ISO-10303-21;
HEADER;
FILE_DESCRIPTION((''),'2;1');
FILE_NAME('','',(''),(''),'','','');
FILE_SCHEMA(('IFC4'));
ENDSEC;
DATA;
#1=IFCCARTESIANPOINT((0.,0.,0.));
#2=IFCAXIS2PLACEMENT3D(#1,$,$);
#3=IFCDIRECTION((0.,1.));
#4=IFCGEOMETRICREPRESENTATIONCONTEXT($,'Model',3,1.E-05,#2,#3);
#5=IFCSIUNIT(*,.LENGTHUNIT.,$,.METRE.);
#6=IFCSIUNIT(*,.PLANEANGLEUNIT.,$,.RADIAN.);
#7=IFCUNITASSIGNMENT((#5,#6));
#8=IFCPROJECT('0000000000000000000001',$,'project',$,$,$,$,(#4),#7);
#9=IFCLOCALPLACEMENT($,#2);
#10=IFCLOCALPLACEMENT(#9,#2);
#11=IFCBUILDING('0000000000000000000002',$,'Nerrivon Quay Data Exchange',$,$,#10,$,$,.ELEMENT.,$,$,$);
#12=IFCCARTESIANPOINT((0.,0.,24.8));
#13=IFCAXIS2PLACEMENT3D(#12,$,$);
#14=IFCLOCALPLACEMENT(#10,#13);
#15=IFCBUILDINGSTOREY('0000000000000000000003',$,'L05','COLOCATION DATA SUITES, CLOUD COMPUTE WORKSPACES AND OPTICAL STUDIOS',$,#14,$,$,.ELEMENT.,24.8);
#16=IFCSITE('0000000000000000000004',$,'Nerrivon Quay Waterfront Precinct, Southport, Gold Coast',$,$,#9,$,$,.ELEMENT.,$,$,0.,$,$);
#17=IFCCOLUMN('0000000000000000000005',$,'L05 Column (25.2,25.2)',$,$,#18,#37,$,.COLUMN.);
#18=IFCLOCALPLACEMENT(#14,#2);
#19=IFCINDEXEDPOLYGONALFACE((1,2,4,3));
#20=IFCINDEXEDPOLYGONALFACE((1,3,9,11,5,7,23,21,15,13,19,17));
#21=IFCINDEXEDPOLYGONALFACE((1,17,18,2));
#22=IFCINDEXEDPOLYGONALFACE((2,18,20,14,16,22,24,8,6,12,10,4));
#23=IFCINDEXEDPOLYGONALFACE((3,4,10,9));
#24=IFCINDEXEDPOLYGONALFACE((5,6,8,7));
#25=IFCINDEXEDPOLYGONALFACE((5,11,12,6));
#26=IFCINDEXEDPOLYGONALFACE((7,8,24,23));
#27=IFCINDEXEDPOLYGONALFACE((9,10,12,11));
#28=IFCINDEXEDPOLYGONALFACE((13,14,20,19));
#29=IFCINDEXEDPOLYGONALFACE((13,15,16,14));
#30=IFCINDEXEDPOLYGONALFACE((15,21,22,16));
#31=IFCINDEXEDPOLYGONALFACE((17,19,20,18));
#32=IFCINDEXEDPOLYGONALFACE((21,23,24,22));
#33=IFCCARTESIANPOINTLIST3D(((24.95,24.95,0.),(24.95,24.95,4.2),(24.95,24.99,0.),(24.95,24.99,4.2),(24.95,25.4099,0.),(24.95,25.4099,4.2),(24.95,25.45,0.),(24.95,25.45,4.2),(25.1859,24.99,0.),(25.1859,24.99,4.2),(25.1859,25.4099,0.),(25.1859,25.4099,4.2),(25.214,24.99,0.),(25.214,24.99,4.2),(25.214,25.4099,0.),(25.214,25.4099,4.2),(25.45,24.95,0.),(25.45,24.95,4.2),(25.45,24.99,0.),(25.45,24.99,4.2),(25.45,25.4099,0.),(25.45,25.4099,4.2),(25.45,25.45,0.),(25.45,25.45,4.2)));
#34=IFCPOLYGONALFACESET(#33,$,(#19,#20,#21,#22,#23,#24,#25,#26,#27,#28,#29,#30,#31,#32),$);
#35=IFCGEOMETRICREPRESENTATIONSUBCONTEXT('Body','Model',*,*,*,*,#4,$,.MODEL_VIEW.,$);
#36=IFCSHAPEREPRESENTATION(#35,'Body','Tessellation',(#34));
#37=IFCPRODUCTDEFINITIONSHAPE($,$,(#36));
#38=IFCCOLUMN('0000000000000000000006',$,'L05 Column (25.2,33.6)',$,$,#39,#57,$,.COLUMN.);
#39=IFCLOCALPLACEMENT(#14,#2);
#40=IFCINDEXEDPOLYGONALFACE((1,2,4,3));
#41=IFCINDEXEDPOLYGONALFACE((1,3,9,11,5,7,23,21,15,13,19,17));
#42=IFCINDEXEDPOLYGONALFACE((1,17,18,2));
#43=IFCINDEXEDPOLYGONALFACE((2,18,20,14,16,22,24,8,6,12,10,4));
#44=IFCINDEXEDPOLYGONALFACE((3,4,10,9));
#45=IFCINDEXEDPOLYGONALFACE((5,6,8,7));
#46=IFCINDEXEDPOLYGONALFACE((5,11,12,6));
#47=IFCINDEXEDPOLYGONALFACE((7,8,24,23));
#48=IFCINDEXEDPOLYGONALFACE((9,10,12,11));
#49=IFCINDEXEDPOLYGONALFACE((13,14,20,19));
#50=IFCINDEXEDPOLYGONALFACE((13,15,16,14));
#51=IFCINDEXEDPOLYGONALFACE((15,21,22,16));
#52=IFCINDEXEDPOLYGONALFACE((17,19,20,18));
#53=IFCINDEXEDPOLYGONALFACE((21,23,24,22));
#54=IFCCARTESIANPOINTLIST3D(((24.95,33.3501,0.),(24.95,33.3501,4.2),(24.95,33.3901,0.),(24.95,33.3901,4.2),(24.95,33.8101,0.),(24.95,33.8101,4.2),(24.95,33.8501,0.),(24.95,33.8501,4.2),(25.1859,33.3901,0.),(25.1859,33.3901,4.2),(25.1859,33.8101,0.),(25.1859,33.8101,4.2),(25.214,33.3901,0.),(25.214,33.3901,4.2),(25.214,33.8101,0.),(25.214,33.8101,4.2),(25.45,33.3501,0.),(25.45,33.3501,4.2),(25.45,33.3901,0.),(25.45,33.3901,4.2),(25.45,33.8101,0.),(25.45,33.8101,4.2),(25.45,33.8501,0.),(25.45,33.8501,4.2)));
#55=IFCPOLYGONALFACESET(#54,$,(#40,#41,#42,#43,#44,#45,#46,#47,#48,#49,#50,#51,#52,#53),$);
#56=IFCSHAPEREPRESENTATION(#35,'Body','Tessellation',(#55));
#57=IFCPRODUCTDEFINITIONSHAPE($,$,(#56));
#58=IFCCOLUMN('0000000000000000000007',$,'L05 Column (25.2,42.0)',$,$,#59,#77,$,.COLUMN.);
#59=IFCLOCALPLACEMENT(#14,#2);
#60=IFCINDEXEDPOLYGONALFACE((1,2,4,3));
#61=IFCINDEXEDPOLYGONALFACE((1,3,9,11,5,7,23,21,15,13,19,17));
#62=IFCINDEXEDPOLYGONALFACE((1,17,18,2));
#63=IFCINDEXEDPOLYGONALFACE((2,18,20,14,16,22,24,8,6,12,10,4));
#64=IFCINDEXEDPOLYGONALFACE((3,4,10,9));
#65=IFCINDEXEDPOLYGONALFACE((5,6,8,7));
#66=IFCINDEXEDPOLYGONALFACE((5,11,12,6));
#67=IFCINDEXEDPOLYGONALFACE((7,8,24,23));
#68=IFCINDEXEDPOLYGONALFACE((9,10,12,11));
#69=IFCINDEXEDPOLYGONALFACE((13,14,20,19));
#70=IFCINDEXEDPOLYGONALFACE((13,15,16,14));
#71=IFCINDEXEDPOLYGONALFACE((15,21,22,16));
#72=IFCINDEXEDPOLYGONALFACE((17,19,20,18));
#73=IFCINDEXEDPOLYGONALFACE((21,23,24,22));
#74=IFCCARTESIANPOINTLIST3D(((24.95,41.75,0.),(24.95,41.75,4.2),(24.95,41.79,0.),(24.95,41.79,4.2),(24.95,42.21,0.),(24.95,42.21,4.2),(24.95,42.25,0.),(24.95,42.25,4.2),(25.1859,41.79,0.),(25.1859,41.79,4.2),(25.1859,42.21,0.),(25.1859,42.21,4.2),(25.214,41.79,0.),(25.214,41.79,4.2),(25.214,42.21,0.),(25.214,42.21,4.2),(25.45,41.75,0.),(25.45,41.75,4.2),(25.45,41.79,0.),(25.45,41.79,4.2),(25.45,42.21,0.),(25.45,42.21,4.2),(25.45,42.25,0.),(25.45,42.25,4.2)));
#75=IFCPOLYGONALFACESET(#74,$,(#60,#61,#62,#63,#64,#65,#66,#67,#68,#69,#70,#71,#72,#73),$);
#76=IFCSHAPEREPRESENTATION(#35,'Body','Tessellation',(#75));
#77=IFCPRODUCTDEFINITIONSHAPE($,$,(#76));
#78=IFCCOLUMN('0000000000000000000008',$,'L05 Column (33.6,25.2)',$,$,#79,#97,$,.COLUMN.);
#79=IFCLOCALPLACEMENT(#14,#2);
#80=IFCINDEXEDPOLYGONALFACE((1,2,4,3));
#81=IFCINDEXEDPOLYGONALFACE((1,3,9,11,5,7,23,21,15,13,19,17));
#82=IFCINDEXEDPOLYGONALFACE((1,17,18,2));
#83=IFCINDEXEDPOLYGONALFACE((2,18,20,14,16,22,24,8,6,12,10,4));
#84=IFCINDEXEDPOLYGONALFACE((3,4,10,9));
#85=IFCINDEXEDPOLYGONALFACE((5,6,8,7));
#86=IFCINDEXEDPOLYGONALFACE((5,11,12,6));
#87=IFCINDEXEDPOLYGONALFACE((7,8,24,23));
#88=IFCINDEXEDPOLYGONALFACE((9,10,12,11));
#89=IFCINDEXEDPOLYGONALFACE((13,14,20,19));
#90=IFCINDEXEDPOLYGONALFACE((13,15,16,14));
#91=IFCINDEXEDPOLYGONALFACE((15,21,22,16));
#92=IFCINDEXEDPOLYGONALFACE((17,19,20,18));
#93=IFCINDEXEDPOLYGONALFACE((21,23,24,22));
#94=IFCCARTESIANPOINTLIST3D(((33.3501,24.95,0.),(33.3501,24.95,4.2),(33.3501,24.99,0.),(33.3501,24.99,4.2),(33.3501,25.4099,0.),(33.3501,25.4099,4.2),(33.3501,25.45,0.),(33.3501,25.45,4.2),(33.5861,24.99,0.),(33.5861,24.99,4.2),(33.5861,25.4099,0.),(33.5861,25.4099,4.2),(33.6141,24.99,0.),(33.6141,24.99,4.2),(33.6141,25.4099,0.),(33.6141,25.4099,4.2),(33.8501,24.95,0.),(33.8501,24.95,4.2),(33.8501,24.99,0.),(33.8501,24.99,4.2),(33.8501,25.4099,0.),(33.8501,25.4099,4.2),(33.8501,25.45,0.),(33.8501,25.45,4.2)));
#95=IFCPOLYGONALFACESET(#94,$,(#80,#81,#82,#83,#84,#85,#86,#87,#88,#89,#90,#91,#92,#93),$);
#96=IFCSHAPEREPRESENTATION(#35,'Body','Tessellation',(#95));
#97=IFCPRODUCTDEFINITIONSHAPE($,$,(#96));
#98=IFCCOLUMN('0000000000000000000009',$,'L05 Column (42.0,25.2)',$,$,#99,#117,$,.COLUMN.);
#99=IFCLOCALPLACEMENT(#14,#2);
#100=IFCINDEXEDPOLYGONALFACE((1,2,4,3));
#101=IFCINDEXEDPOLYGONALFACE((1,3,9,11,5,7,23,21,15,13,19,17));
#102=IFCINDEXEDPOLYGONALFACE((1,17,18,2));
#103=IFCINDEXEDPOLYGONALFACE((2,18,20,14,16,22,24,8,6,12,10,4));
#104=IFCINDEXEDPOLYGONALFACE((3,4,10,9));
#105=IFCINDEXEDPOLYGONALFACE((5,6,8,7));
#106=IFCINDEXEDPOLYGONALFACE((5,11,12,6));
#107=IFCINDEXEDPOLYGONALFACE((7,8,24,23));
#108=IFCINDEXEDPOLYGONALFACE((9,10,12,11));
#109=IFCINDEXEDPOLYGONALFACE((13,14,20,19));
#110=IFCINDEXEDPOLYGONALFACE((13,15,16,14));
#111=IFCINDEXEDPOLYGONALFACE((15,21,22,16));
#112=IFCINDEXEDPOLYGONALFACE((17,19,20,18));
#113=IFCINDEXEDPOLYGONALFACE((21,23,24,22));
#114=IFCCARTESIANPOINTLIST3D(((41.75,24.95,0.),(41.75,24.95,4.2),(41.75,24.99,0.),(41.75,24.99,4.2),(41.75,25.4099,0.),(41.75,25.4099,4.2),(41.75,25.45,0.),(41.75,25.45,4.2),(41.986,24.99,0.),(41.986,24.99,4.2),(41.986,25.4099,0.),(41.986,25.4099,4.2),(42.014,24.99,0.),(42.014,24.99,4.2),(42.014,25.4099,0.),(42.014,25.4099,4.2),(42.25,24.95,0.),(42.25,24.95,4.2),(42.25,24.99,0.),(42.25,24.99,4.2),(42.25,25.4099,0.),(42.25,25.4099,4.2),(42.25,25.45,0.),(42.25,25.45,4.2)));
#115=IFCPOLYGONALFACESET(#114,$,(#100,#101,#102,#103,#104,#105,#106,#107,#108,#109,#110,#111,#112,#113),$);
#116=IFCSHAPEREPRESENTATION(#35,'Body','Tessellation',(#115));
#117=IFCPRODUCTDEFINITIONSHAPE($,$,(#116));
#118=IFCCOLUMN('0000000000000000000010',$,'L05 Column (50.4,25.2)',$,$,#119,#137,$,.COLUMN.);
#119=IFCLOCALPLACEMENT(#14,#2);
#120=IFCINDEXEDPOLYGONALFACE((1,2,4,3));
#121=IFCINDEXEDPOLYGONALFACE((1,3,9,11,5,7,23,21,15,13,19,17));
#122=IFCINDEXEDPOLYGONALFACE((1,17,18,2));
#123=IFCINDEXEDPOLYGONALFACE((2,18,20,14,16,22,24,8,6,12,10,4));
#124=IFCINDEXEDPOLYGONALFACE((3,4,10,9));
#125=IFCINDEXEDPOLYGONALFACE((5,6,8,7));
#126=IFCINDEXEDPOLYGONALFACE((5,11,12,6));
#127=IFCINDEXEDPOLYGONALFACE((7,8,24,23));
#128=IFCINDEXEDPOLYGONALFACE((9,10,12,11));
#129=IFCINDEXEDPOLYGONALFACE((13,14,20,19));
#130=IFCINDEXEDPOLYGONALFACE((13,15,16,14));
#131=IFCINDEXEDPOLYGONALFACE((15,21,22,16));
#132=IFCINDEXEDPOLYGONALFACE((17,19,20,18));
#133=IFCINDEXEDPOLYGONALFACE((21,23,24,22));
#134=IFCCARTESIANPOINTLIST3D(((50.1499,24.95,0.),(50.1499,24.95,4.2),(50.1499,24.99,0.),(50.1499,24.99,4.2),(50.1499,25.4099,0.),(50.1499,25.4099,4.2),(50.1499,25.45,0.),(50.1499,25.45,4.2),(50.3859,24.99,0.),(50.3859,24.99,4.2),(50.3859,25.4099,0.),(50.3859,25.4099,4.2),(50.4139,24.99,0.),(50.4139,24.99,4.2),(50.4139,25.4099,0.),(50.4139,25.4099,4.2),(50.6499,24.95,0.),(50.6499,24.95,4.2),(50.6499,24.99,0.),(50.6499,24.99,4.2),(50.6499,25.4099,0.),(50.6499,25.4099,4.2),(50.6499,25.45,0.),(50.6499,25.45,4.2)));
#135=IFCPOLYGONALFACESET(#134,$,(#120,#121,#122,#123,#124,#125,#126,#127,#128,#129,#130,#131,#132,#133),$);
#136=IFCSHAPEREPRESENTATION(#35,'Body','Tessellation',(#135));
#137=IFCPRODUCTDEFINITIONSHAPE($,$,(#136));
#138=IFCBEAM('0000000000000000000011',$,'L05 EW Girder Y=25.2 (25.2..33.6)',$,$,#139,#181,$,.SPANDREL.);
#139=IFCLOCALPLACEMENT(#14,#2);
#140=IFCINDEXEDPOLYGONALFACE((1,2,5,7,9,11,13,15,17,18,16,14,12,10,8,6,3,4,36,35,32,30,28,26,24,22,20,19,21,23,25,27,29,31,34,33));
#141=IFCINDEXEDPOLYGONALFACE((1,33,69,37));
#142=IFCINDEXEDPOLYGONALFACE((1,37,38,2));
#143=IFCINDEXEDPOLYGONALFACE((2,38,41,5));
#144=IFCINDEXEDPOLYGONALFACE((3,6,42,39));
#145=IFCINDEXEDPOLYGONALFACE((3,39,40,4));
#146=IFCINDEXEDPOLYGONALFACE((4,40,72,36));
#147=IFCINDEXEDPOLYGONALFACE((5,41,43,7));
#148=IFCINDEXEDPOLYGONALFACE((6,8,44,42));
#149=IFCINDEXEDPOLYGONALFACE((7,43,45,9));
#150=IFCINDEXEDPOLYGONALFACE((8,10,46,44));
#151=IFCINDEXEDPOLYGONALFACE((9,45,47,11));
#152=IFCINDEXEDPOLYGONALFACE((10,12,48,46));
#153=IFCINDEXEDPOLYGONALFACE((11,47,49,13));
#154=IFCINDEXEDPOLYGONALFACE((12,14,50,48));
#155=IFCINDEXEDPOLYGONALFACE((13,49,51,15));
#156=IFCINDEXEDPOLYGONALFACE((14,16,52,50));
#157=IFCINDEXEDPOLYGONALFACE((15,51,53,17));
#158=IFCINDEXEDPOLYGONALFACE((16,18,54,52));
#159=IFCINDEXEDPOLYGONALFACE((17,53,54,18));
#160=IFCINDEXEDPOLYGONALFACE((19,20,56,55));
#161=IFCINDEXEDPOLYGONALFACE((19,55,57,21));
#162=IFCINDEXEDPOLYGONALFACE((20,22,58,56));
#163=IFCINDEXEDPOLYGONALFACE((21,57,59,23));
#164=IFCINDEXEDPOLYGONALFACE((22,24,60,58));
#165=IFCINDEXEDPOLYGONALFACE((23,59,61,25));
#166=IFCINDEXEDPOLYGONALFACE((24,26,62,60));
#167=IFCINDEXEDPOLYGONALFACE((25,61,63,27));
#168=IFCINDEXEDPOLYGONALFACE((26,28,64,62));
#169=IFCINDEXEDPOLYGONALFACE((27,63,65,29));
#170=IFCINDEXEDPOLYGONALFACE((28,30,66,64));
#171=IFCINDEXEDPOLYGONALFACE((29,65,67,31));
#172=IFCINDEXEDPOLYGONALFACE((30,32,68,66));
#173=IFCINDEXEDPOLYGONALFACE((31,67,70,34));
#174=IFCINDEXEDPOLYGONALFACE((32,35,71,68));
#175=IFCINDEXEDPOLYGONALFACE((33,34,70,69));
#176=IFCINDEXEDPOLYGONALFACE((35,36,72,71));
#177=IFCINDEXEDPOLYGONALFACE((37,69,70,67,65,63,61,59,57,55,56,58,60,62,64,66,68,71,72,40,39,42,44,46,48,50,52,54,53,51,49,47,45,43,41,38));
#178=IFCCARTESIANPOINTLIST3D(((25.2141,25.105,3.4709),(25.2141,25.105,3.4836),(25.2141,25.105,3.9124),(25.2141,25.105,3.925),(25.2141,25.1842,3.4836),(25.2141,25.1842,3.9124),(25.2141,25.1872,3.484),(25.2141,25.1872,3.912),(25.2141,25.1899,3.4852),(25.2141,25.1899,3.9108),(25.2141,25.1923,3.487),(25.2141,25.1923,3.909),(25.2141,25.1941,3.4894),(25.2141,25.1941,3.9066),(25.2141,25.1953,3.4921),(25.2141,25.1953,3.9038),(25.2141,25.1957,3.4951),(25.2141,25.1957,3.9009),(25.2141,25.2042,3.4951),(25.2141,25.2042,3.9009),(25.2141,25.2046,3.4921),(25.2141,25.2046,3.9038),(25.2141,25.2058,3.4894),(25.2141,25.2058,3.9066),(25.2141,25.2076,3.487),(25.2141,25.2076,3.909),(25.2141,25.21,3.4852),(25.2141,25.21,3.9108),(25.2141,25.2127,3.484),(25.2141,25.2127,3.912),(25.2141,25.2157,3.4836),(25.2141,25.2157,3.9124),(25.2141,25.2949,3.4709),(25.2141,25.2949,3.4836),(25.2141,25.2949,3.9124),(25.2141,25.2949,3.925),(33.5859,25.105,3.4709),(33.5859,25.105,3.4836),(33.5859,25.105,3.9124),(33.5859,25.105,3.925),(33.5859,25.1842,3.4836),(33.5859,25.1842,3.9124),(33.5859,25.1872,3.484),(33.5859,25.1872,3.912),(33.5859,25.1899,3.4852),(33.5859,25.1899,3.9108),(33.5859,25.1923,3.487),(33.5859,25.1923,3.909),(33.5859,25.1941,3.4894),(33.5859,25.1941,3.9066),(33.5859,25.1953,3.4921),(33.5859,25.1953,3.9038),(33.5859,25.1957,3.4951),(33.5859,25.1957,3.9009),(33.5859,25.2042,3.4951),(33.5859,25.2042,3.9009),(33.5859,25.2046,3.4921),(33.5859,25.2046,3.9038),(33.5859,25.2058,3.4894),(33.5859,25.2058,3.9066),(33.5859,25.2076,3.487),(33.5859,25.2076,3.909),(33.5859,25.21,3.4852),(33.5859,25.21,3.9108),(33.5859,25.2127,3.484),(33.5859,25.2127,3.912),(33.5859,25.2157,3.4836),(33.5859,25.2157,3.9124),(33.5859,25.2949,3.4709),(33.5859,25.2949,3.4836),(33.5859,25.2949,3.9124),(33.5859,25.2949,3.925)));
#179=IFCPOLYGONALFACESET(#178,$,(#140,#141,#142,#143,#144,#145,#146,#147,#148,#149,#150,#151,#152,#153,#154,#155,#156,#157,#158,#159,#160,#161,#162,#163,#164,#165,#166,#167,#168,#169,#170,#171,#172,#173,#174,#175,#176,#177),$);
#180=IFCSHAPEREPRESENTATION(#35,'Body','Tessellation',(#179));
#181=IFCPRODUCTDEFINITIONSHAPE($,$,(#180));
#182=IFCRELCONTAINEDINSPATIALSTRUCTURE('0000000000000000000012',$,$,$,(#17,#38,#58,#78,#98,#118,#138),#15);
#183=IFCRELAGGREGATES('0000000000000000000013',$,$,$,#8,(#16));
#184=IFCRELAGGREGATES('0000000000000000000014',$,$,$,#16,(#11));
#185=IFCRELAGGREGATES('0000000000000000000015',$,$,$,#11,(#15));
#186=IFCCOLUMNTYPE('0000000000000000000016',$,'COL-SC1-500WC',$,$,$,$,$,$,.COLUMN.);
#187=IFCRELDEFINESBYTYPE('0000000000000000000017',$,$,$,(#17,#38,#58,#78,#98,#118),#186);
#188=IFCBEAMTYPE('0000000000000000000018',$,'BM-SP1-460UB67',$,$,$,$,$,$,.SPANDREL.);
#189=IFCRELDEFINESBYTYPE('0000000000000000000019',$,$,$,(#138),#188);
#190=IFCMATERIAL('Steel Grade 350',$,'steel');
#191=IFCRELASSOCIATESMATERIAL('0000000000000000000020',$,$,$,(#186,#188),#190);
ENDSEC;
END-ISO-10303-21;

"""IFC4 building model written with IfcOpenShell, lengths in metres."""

from ifc_helpers import new_model, si_unit, direction, frame, origin, origin_2d, place, context, subcontext, project, spatial, i_section, extrude, material, material_profile, profile_set, type_object, element, save


model = new_model("IFC4")

# Units and contexts
model_context = context("Model", 3, precision=1e-05, world=origin(), true_north=direction((0.0, 1.0)))
body_context = subcontext(model_context, "Body", "Model", "MODEL_VIEW")
ifc_project = project(units=[si_unit("LENGTHUNIT", "METRE"), si_unit("PLANEANGLEUNIT", "RADIAN")], contexts=[model_context])

# Site, building, storey
site_placement = place(None, origin())
site = spatial("IfcSite", under=ifc_project, at=site_placement, Name="Nerrivon Quay Waterfront Precinct, Southport, Gold Coast", CompositionType="ELEMENT", RefElevation=0.0)
building_placement = place(site_placement, origin())
building = spatial("IfcBuilding", under=site, at=building_placement, Name="Nerrivon Quay Data Exchange", CompositionType="ELEMENT")
storey_placement = place(building_placement, frame((0.0, 0.0, 24.8)))
storey = spatial("IfcBuildingStorey", under=building, at=storey_placement, Name="L05", Description="COLOCATION DATA SUITES, CLOUD COMPUTE WORKSPACES AND OPTICAL STUDIOS", CompositionType="ELEMENT", Elevation=24.8)

# Columns
ifc_material_1 = material(Name="Steel Grade 350", Category="steel")
ifc_material_profile_1 = material_profile(ifc_material_1, i_section(OverallWidth=0.5, OverallDepth=0.5, WebThickness=0.0281, FlangeThickness=0.04, at=origin_2d()), Name="500WC440")
ifc_profile_set_1 = profile_set([ifc_material_profile_1], Name="Steel Grade 350")
column_type = type_object("IfcColumnType", Name="COL-SC1-500WC", PredefinedType="COLUMN", material=ifc_profile_set_1)
for number, where, z_axis, x_axis, name in (
    (1, (25.2, 25.2, 0.0), (0.0, 0.0, 1.0), (1.0, 0.0, 0.0), "L05 Column (25.2,25.2)"),
    (2, (25.2, 33.6001, 0.0), (0.0, 0.0, 1.0), (1.0, 0.0, 0.0), "L05 Column (25.2,33.6)"),
    (3, (25.2, 42.0, 0.0), (0.0, 0.0, 1.0), (1.0, 0.0, 0.0), "L05 Column (25.2,42.0)"),
    (4, (33.6001, 25.2, 0.0), (0.0, 0.0, 1.0), (1.0, 0.0, 0.0), "L05 Column (33.6,25.2)"),
    (5, (42.0, 25.2, 0.0), (0.0, 0.0, 1.0), (1.0, 0.0, 0.0), "L05 Column (42.0,25.2)"),
    (6, (50.3999, 25.2, 0.0), (0.0, 0.0, 1.0), (1.0, 0.0, 0.0), "L05 Column (50.4,25.2)"),
):
    element("IfcColumn", number, at=place(storey_placement, frame(where, z_axis=z_axis, x_axis=x_axis)), inside=storey, type_object=column_type, Name=name, PredefinedType="COLUMN", context=body_context, shape_type="SweptSolid", body=[
        extrude(i_section(OverallWidth=0.5, OverallDepth=0.5, WebThickness=0.0281, FlangeThickness=0.04, at=origin_2d()), origin(), (0.0, 0.0, 1.0), 4.2),
    ])

# Beam
ifc_material_profile_2 = material_profile(ifc_material_1, i_section(OverallWidth=0.1899, OverallDepth=0.4541, WebThickness=0.0085, FlangeThickness=0.0127, FilletRadius=0.0115, at=origin_2d()), Name="460UB67.1")
ifc_profile_set_2 = profile_set([ifc_material_profile_2], Name="Steel Grade 350")
beam_type = type_object("IfcBeamType", Name="BM-SP1-460UB67", PredefinedType="SPANDREL", material=ifc_profile_set_2)
beam_1_placement = place(storey_placement, frame((25.2141, 25.2, 3.698), z_axis=(1.0, 0.0, 0.0), x_axis=(0.0, 1.0, 0.0)))
element("IfcBeam", 7, at=beam_1_placement, inside=storey, type_object=beam_type, Name="L05 EW Girder Y=25.2 (25.2..33.6)", PredefinedType="SPANDREL", context=body_context, shape_type="SweptSolid", body=[
    extrude(i_section(OverallWidth=0.1899, OverallDepth=0.4541, WebThickness=0.0085, FlangeThickness=0.0127, FilletRadius=0.0115, at=origin_2d()), origin(), (0.0, 0.0, 1.0), 8.3718),
])

save(model, "model.ifc")
